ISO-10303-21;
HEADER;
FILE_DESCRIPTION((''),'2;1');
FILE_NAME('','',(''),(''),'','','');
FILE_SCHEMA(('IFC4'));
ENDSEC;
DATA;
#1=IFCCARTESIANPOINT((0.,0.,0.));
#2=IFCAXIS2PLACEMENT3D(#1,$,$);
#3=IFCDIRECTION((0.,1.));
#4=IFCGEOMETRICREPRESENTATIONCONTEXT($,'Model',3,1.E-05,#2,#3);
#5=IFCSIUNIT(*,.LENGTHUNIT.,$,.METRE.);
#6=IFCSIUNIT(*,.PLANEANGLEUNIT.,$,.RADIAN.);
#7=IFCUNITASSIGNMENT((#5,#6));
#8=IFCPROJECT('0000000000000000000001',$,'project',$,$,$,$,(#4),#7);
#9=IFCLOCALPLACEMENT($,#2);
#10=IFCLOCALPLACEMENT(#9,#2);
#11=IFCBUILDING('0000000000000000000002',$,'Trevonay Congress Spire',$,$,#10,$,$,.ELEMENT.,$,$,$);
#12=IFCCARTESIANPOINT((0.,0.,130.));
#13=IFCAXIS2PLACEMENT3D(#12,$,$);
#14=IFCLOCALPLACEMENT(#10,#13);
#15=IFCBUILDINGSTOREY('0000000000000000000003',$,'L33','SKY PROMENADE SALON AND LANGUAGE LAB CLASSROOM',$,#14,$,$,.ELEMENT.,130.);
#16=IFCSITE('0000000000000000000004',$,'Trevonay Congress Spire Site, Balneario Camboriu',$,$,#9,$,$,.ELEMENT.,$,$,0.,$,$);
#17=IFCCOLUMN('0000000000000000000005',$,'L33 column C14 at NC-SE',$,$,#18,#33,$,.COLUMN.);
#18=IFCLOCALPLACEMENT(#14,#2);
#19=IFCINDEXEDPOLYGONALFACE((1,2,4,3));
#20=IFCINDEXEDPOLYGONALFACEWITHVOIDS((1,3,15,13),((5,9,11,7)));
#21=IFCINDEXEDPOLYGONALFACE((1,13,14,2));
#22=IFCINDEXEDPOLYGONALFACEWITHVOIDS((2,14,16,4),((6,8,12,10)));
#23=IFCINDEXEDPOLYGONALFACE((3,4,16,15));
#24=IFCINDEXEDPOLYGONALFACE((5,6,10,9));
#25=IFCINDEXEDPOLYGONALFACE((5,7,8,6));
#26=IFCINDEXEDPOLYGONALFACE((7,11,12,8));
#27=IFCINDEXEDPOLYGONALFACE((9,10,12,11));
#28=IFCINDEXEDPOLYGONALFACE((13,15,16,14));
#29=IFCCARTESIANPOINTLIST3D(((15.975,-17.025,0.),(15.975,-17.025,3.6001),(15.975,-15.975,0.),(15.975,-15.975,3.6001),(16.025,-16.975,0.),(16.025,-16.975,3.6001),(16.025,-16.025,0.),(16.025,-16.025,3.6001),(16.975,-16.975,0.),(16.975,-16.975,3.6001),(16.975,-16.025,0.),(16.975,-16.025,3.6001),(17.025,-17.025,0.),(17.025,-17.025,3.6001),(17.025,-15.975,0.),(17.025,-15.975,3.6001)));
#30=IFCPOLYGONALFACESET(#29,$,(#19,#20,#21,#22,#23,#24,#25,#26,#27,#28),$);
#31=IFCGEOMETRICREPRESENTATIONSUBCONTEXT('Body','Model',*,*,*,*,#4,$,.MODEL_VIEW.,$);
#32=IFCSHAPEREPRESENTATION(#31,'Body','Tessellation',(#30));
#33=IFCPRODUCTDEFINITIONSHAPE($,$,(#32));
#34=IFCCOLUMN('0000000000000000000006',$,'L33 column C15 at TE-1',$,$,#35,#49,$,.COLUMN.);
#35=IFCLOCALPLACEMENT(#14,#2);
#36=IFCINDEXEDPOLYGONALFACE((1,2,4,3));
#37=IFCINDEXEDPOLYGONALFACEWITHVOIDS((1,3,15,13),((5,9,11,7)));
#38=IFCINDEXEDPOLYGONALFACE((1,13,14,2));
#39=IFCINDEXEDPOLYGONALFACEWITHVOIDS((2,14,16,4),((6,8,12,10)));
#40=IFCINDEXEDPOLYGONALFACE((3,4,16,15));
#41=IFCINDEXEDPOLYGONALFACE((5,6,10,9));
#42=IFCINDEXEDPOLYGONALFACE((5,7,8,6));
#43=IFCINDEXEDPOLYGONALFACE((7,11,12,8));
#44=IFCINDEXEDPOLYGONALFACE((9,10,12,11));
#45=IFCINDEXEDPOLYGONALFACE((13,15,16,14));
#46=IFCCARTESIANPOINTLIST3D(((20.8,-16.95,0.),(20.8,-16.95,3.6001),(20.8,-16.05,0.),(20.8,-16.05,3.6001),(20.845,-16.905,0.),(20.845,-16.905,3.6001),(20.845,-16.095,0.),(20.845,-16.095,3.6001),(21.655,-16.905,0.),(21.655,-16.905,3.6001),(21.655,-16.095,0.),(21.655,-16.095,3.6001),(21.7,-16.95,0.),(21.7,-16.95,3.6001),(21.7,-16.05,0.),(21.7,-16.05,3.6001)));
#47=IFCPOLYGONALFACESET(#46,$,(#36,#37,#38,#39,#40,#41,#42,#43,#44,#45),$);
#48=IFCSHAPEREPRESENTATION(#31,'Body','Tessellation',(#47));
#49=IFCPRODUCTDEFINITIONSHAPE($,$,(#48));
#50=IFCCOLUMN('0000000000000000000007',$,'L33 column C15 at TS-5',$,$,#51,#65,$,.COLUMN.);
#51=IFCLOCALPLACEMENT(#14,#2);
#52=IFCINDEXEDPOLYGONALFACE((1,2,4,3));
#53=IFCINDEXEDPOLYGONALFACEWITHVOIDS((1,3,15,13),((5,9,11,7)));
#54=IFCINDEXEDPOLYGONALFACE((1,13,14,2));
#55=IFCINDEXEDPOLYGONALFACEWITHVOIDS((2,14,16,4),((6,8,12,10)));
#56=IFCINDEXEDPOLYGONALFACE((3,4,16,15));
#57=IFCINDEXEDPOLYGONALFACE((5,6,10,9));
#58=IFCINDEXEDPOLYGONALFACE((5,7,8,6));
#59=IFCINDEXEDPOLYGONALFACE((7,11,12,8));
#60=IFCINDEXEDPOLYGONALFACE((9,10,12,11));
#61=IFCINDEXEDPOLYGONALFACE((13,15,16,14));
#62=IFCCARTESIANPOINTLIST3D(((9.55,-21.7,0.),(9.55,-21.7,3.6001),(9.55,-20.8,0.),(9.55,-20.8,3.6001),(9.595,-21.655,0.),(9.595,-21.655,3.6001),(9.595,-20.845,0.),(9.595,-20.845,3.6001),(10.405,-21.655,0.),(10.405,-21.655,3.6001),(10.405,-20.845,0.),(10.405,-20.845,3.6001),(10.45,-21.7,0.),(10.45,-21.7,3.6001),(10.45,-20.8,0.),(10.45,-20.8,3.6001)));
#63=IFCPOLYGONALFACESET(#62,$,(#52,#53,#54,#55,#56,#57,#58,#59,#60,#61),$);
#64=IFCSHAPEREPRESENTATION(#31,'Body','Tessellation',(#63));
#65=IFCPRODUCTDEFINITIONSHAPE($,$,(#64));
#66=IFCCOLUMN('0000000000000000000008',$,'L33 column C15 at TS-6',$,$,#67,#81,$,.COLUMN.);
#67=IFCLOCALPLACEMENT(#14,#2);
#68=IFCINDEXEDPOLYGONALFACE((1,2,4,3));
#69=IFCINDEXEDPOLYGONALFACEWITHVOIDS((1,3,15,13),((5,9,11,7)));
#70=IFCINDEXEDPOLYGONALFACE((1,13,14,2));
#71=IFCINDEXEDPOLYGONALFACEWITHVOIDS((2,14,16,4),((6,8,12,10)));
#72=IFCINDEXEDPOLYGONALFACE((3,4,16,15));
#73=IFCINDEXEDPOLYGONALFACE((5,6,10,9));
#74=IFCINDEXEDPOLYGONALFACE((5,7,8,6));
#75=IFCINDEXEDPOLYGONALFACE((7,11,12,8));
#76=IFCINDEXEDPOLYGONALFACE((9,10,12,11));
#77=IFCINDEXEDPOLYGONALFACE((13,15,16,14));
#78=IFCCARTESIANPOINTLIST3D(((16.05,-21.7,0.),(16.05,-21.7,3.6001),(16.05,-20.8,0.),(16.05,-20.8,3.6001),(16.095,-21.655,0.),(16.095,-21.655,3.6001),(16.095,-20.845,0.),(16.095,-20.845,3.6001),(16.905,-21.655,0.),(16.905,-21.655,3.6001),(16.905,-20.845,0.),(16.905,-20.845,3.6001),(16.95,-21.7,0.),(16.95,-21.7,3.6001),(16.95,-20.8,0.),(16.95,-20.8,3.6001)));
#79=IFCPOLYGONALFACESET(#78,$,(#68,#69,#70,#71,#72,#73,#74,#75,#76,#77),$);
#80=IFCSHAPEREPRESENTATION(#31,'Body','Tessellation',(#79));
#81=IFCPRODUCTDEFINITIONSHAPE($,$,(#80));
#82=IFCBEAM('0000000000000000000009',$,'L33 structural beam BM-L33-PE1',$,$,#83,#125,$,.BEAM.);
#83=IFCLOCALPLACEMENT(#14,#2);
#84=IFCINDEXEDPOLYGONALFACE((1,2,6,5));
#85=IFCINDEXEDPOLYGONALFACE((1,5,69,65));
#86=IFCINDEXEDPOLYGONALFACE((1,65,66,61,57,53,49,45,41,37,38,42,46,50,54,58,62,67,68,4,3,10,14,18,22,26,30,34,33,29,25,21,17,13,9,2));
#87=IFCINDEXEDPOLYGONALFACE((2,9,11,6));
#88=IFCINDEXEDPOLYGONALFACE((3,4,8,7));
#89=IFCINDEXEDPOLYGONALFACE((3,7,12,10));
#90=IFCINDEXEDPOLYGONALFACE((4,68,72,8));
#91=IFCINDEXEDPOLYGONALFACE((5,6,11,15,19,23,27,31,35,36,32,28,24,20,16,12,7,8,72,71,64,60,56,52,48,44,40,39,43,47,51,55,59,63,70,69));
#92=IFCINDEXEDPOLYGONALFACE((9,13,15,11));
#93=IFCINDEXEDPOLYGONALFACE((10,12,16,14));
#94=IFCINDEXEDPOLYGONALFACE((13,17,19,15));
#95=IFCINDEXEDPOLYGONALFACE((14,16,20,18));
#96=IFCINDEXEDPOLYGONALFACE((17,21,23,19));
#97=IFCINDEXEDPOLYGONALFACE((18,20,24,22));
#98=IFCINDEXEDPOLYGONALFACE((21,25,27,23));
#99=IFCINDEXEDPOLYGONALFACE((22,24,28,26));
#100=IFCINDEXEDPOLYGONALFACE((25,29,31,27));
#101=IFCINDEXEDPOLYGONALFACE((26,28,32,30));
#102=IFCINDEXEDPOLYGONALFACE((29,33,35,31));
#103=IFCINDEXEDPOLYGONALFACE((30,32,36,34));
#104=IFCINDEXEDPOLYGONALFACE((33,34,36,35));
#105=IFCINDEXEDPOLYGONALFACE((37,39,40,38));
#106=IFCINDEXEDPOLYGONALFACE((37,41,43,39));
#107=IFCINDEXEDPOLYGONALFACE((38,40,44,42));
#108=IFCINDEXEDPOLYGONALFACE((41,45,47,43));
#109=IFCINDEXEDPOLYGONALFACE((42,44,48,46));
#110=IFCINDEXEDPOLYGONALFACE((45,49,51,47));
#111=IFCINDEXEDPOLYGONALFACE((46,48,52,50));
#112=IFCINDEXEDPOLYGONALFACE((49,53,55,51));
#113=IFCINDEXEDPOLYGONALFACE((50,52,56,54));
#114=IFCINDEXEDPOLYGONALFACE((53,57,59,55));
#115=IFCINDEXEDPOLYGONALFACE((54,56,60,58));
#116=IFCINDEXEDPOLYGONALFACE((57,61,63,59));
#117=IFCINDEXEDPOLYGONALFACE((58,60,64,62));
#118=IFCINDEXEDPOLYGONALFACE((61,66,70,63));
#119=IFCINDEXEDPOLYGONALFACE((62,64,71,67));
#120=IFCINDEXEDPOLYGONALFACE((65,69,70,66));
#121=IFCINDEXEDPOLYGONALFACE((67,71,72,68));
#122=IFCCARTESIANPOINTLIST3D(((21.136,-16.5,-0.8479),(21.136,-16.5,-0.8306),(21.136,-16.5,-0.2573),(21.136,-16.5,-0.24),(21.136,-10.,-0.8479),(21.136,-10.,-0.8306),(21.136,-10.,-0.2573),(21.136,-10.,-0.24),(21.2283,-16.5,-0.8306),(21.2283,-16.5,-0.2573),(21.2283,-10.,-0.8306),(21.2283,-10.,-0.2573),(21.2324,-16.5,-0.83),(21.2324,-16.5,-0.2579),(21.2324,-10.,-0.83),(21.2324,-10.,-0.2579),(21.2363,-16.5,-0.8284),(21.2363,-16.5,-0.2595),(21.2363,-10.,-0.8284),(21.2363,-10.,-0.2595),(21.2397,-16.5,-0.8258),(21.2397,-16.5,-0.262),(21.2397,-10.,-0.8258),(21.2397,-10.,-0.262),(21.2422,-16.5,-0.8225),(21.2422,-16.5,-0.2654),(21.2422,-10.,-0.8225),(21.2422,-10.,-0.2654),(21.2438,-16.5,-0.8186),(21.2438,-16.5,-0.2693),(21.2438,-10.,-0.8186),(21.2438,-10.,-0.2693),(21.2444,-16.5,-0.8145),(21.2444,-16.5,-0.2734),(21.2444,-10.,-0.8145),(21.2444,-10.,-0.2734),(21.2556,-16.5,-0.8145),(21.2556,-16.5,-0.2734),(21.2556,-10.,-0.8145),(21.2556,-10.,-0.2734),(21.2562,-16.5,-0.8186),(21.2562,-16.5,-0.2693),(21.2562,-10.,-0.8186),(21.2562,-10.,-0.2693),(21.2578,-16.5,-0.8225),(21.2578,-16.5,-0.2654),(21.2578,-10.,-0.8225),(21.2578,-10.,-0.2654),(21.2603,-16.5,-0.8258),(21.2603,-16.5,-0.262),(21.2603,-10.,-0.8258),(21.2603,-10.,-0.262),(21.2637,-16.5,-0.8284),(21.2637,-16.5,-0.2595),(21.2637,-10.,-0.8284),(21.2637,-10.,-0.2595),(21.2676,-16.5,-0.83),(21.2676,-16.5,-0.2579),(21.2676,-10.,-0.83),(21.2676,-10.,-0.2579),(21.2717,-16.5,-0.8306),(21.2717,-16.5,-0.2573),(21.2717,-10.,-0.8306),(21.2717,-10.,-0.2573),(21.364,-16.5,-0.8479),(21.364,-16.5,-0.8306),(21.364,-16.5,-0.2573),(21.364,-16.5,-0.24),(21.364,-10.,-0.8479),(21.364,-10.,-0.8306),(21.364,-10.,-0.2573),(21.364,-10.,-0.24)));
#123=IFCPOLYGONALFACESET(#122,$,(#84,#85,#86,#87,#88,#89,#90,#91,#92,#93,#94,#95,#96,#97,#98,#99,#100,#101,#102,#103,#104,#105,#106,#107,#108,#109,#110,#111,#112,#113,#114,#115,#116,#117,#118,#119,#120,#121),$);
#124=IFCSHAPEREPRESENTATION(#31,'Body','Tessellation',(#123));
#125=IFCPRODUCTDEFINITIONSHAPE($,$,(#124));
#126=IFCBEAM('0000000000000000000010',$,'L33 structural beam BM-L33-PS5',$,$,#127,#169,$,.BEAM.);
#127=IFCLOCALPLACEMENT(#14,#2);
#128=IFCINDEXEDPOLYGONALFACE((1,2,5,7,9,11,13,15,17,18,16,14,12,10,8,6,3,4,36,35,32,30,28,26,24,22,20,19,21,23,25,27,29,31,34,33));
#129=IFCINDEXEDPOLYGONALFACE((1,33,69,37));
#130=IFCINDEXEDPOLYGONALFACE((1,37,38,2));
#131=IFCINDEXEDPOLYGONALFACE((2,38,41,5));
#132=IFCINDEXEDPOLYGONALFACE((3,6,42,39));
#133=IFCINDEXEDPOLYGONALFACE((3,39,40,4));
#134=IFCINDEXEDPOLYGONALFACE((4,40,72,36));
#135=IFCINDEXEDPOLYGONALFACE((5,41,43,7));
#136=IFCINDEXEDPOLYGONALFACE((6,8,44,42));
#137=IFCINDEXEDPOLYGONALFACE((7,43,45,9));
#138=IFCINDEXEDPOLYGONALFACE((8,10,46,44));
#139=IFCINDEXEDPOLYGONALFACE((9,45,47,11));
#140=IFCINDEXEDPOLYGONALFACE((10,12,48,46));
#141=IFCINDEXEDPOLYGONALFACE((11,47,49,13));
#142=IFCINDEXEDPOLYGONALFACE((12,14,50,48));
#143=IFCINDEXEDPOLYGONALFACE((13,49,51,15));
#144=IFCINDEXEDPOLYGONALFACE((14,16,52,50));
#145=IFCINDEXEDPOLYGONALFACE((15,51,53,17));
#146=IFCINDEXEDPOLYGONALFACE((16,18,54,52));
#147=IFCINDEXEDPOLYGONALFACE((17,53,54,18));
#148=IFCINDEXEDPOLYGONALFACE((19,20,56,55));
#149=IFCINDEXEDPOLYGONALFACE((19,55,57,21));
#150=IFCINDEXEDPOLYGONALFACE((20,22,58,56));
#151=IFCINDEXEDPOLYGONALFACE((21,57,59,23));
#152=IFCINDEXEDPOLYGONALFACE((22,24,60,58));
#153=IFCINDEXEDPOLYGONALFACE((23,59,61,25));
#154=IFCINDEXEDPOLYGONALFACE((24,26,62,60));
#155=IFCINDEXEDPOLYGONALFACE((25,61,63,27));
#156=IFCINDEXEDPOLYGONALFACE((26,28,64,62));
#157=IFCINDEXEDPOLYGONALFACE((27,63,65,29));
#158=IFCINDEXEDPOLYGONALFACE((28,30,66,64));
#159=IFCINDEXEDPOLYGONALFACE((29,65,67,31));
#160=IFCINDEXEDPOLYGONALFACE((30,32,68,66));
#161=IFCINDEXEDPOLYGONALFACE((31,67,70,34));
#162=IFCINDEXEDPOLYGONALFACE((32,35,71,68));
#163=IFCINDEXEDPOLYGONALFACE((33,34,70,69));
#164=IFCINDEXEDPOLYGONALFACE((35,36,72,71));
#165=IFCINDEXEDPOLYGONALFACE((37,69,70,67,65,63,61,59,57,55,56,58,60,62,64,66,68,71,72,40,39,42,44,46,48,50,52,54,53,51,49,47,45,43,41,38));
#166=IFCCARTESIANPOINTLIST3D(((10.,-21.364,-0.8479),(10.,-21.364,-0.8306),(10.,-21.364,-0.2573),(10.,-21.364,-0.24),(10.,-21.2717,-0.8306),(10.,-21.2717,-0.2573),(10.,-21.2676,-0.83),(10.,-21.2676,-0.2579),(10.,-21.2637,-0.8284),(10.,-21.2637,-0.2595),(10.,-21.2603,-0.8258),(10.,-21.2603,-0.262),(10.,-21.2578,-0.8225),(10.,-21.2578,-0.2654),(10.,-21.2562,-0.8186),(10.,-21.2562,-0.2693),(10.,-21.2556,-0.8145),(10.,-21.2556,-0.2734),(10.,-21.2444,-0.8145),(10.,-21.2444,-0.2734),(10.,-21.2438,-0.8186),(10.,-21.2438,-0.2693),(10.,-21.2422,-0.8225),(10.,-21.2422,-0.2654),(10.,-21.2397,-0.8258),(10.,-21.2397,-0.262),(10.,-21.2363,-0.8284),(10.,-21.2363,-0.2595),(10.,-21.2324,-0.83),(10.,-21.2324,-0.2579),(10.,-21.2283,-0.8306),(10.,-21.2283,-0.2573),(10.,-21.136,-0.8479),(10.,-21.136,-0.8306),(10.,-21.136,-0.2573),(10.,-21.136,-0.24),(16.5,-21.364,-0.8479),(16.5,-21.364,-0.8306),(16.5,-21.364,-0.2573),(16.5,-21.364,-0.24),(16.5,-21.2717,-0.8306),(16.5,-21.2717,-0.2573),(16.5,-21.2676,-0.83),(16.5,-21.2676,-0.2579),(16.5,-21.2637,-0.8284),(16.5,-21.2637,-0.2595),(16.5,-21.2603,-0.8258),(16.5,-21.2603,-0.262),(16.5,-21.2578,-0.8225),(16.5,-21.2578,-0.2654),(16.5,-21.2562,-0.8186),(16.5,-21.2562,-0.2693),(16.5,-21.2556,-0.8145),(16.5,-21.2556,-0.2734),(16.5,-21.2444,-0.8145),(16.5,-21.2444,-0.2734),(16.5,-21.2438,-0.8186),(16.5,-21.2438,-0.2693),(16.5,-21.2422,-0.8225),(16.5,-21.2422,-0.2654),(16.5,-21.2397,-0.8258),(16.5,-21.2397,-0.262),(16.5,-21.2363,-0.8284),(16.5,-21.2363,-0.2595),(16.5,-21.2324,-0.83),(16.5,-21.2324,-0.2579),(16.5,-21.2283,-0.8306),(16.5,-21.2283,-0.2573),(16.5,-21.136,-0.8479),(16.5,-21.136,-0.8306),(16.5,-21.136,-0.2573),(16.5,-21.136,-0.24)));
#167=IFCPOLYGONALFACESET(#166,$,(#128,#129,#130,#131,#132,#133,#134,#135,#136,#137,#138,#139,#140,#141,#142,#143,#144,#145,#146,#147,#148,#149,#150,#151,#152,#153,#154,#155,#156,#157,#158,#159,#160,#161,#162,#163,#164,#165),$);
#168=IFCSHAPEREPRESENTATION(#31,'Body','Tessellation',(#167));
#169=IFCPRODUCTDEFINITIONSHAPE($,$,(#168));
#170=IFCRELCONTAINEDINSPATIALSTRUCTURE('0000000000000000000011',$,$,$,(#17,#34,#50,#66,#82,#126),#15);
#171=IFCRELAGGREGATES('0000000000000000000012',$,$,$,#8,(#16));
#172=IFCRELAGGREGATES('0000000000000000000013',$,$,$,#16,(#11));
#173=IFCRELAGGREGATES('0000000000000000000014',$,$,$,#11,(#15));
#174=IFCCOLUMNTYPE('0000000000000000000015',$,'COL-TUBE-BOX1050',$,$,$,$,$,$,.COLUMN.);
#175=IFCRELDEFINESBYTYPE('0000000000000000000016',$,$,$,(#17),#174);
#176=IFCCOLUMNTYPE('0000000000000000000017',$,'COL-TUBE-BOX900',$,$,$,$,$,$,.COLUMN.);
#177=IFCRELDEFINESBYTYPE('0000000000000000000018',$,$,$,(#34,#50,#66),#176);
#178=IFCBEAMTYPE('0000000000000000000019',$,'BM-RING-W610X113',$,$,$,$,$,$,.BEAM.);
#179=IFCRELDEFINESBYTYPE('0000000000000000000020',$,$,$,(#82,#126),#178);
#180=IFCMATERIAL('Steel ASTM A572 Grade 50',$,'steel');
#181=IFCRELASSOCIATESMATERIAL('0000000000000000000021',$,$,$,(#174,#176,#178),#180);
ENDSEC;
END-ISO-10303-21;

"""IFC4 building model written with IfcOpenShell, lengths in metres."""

from ifc_helpers import new_model, si_unit, direction, frame, origin, origin_2d, place, context, subcontext, project, spatial, hollow_rectangle, i_section, extrude, material, material_profile, profile_set, type_object, element, save


model = new_model("IFC4")

# Units and contexts
model_context = context("Model", 3, precision=1e-05, world=origin(), true_north=direction((0.0, 1.0)))
body_context = subcontext(model_context, "Body", "Model", "MODEL_VIEW")
ifc_project = project(units=[si_unit("LENGTHUNIT", "METRE"), si_unit("PLANEANGLEUNIT", "RADIAN")], contexts=[model_context])

# Site, building, storey
site_placement = place(None, origin())
site = spatial("IfcSite", under=ifc_project, at=site_placement, Name="Trevonay Congress Spire Site, Balneario Camboriu", CompositionType="ELEMENT", RefElevation=0.0)
building_placement = place(site_placement, origin())
building = spatial("IfcBuilding", under=site, at=building_placement, Name="Trevonay Congress Spire", CompositionType="ELEMENT")
storey_placement = place(building_placement, frame((0.0, 0.0, 130.0)))
storey = spatial("IfcBuildingStorey", under=building, at=storey_placement, Name="L33", Description="SKY PROMENADE SALON AND LANGUAGE LAB CLASSROOM", CompositionType="ELEMENT", Elevation=130.0)

# Columns
ifc_material_1 = material(Name="Steel ASTM A572 Grade 50", Category="steel")
ifc_material_profile_1 = material_profile(ifc_material_1, hollow_rectangle(XDim=1.05, YDim=1.05, WallThickness=0.05, at=origin_2d()), Name="BOX 1050x1050x50")
ifc_profile_set_1 = profile_set([ifc_material_profile_1], Name="Steel ASTM A572 Grade 50")
column_type_1 = type_object("IfcColumnType", Name="COL-TUBE-BOX1050", PredefinedType="COLUMN", material=ifc_profile_set_1)
column_placement = place(storey_placement, frame((16.5, -16.5, 0.0), z_axis=(0.0, 0.0, 1.0), x_axis=(1.0, 0.0, 0.0)))
element("IfcColumn", 1, at=column_placement, inside=storey, type_object=column_type_1, Name="L33 column C14 at NC-SE", PredefinedType="COLUMN", context=body_context, shape_type="SweptSolid", body=[
    extrude(hollow_rectangle(XDim=1.05, YDim=1.05, WallThickness=0.05, at=origin_2d()), origin(), (0.0, 0.0, 1.0), 3.6001),
])
ifc_material_profile_2 = material_profile(ifc_material_1, hollow_rectangle(XDim=0.8999, YDim=0.8999, WallThickness=0.0449, at=origin_2d()), Name="BOX 900x900x45")
ifc_profile_set_2 = profile_set([ifc_material_profile_2], Name="Steel ASTM A572 Grade 50")
column_type_2 = type_object("IfcColumnType", Name="COL-TUBE-BOX900", PredefinedType="COLUMN", material=ifc_profile_set_2)
for number, where, z_axis, x_axis, name in (
    (2, (21.25, -16.5, 0.0), (0.0, 0.0, 1.0), (1.0, 0.0, 0.0), "L33 column C15 at TE-1"),
    (3, (10.0, -21.25, 0.0), (0.0, 0.0, 1.0), (1.0, 0.0, 0.0), "L33 column C15 at TS-5"),
    (4, (16.5, -21.25, 0.0), (0.0, 0.0, 1.0), (1.0, 0.0, 0.0), "L33 column C15 at TS-6"),
):
    element("IfcColumn", number, at=place(storey_placement, frame(where, z_axis=z_axis, x_axis=x_axis)), inside=storey, type_object=column_type_2, Name=name, PredefinedType="COLUMN", context=body_context, shape_type="SweptSolid", body=[
        extrude(hollow_rectangle(XDim=0.8999, YDim=0.8999, WallThickness=0.0449, at=origin_2d()), origin(), (0.0, 0.0, 1.0), 3.6001),
    ])

# Beams
ifc_material_profile_3 = material_profile(ifc_material_1, i_section(OverallWidth=0.228, OverallDepth=0.6079, WebThickness=0.0112, FlangeThickness=0.0173, FilletRadius=0.0161, at=origin_2d()), Name="W610x113")
ifc_profile_set_3 = profile_set([ifc_material_profile_3], Name="Steel ASTM A572 Grade 50")
beam_type_1 = type_object("IfcBeamType", Name="BM-RING-W610X113", PredefinedType="BEAM", material=ifc_profile_set_3)
for number, where, z_axis, x_axis, name in (
    (5, (21.25, -16.5, -0.5439), (0.0, 1.0, 0.0), (-1.0, 0.0, 0.0), "L33 structural beam BM-L33-PE1"),
    (6, (10.0, -21.25, -0.5439), (1.0, 0.0, 0.0), (0.0, 1.0, 0.0), "L33 structural beam BM-L33-PS5"),
):
    element("IfcBeam", number, at=place(storey_placement, frame(where, z_axis=z_axis, x_axis=x_axis)), inside=storey, type_object=beam_type_1, Name=name, PredefinedType="BEAM", context=body_context, shape_type="SweptSolid", body=[
        extrude(i_section(OverallWidth=0.228, OverallDepth=0.6079, WebThickness=0.0112, FlangeThickness=0.0173, FilletRadius=0.0161, at=origin_2d()), origin(), (0.0, 0.0, 1.0), 6.5),
    ])

save(model, "model.ifc")
